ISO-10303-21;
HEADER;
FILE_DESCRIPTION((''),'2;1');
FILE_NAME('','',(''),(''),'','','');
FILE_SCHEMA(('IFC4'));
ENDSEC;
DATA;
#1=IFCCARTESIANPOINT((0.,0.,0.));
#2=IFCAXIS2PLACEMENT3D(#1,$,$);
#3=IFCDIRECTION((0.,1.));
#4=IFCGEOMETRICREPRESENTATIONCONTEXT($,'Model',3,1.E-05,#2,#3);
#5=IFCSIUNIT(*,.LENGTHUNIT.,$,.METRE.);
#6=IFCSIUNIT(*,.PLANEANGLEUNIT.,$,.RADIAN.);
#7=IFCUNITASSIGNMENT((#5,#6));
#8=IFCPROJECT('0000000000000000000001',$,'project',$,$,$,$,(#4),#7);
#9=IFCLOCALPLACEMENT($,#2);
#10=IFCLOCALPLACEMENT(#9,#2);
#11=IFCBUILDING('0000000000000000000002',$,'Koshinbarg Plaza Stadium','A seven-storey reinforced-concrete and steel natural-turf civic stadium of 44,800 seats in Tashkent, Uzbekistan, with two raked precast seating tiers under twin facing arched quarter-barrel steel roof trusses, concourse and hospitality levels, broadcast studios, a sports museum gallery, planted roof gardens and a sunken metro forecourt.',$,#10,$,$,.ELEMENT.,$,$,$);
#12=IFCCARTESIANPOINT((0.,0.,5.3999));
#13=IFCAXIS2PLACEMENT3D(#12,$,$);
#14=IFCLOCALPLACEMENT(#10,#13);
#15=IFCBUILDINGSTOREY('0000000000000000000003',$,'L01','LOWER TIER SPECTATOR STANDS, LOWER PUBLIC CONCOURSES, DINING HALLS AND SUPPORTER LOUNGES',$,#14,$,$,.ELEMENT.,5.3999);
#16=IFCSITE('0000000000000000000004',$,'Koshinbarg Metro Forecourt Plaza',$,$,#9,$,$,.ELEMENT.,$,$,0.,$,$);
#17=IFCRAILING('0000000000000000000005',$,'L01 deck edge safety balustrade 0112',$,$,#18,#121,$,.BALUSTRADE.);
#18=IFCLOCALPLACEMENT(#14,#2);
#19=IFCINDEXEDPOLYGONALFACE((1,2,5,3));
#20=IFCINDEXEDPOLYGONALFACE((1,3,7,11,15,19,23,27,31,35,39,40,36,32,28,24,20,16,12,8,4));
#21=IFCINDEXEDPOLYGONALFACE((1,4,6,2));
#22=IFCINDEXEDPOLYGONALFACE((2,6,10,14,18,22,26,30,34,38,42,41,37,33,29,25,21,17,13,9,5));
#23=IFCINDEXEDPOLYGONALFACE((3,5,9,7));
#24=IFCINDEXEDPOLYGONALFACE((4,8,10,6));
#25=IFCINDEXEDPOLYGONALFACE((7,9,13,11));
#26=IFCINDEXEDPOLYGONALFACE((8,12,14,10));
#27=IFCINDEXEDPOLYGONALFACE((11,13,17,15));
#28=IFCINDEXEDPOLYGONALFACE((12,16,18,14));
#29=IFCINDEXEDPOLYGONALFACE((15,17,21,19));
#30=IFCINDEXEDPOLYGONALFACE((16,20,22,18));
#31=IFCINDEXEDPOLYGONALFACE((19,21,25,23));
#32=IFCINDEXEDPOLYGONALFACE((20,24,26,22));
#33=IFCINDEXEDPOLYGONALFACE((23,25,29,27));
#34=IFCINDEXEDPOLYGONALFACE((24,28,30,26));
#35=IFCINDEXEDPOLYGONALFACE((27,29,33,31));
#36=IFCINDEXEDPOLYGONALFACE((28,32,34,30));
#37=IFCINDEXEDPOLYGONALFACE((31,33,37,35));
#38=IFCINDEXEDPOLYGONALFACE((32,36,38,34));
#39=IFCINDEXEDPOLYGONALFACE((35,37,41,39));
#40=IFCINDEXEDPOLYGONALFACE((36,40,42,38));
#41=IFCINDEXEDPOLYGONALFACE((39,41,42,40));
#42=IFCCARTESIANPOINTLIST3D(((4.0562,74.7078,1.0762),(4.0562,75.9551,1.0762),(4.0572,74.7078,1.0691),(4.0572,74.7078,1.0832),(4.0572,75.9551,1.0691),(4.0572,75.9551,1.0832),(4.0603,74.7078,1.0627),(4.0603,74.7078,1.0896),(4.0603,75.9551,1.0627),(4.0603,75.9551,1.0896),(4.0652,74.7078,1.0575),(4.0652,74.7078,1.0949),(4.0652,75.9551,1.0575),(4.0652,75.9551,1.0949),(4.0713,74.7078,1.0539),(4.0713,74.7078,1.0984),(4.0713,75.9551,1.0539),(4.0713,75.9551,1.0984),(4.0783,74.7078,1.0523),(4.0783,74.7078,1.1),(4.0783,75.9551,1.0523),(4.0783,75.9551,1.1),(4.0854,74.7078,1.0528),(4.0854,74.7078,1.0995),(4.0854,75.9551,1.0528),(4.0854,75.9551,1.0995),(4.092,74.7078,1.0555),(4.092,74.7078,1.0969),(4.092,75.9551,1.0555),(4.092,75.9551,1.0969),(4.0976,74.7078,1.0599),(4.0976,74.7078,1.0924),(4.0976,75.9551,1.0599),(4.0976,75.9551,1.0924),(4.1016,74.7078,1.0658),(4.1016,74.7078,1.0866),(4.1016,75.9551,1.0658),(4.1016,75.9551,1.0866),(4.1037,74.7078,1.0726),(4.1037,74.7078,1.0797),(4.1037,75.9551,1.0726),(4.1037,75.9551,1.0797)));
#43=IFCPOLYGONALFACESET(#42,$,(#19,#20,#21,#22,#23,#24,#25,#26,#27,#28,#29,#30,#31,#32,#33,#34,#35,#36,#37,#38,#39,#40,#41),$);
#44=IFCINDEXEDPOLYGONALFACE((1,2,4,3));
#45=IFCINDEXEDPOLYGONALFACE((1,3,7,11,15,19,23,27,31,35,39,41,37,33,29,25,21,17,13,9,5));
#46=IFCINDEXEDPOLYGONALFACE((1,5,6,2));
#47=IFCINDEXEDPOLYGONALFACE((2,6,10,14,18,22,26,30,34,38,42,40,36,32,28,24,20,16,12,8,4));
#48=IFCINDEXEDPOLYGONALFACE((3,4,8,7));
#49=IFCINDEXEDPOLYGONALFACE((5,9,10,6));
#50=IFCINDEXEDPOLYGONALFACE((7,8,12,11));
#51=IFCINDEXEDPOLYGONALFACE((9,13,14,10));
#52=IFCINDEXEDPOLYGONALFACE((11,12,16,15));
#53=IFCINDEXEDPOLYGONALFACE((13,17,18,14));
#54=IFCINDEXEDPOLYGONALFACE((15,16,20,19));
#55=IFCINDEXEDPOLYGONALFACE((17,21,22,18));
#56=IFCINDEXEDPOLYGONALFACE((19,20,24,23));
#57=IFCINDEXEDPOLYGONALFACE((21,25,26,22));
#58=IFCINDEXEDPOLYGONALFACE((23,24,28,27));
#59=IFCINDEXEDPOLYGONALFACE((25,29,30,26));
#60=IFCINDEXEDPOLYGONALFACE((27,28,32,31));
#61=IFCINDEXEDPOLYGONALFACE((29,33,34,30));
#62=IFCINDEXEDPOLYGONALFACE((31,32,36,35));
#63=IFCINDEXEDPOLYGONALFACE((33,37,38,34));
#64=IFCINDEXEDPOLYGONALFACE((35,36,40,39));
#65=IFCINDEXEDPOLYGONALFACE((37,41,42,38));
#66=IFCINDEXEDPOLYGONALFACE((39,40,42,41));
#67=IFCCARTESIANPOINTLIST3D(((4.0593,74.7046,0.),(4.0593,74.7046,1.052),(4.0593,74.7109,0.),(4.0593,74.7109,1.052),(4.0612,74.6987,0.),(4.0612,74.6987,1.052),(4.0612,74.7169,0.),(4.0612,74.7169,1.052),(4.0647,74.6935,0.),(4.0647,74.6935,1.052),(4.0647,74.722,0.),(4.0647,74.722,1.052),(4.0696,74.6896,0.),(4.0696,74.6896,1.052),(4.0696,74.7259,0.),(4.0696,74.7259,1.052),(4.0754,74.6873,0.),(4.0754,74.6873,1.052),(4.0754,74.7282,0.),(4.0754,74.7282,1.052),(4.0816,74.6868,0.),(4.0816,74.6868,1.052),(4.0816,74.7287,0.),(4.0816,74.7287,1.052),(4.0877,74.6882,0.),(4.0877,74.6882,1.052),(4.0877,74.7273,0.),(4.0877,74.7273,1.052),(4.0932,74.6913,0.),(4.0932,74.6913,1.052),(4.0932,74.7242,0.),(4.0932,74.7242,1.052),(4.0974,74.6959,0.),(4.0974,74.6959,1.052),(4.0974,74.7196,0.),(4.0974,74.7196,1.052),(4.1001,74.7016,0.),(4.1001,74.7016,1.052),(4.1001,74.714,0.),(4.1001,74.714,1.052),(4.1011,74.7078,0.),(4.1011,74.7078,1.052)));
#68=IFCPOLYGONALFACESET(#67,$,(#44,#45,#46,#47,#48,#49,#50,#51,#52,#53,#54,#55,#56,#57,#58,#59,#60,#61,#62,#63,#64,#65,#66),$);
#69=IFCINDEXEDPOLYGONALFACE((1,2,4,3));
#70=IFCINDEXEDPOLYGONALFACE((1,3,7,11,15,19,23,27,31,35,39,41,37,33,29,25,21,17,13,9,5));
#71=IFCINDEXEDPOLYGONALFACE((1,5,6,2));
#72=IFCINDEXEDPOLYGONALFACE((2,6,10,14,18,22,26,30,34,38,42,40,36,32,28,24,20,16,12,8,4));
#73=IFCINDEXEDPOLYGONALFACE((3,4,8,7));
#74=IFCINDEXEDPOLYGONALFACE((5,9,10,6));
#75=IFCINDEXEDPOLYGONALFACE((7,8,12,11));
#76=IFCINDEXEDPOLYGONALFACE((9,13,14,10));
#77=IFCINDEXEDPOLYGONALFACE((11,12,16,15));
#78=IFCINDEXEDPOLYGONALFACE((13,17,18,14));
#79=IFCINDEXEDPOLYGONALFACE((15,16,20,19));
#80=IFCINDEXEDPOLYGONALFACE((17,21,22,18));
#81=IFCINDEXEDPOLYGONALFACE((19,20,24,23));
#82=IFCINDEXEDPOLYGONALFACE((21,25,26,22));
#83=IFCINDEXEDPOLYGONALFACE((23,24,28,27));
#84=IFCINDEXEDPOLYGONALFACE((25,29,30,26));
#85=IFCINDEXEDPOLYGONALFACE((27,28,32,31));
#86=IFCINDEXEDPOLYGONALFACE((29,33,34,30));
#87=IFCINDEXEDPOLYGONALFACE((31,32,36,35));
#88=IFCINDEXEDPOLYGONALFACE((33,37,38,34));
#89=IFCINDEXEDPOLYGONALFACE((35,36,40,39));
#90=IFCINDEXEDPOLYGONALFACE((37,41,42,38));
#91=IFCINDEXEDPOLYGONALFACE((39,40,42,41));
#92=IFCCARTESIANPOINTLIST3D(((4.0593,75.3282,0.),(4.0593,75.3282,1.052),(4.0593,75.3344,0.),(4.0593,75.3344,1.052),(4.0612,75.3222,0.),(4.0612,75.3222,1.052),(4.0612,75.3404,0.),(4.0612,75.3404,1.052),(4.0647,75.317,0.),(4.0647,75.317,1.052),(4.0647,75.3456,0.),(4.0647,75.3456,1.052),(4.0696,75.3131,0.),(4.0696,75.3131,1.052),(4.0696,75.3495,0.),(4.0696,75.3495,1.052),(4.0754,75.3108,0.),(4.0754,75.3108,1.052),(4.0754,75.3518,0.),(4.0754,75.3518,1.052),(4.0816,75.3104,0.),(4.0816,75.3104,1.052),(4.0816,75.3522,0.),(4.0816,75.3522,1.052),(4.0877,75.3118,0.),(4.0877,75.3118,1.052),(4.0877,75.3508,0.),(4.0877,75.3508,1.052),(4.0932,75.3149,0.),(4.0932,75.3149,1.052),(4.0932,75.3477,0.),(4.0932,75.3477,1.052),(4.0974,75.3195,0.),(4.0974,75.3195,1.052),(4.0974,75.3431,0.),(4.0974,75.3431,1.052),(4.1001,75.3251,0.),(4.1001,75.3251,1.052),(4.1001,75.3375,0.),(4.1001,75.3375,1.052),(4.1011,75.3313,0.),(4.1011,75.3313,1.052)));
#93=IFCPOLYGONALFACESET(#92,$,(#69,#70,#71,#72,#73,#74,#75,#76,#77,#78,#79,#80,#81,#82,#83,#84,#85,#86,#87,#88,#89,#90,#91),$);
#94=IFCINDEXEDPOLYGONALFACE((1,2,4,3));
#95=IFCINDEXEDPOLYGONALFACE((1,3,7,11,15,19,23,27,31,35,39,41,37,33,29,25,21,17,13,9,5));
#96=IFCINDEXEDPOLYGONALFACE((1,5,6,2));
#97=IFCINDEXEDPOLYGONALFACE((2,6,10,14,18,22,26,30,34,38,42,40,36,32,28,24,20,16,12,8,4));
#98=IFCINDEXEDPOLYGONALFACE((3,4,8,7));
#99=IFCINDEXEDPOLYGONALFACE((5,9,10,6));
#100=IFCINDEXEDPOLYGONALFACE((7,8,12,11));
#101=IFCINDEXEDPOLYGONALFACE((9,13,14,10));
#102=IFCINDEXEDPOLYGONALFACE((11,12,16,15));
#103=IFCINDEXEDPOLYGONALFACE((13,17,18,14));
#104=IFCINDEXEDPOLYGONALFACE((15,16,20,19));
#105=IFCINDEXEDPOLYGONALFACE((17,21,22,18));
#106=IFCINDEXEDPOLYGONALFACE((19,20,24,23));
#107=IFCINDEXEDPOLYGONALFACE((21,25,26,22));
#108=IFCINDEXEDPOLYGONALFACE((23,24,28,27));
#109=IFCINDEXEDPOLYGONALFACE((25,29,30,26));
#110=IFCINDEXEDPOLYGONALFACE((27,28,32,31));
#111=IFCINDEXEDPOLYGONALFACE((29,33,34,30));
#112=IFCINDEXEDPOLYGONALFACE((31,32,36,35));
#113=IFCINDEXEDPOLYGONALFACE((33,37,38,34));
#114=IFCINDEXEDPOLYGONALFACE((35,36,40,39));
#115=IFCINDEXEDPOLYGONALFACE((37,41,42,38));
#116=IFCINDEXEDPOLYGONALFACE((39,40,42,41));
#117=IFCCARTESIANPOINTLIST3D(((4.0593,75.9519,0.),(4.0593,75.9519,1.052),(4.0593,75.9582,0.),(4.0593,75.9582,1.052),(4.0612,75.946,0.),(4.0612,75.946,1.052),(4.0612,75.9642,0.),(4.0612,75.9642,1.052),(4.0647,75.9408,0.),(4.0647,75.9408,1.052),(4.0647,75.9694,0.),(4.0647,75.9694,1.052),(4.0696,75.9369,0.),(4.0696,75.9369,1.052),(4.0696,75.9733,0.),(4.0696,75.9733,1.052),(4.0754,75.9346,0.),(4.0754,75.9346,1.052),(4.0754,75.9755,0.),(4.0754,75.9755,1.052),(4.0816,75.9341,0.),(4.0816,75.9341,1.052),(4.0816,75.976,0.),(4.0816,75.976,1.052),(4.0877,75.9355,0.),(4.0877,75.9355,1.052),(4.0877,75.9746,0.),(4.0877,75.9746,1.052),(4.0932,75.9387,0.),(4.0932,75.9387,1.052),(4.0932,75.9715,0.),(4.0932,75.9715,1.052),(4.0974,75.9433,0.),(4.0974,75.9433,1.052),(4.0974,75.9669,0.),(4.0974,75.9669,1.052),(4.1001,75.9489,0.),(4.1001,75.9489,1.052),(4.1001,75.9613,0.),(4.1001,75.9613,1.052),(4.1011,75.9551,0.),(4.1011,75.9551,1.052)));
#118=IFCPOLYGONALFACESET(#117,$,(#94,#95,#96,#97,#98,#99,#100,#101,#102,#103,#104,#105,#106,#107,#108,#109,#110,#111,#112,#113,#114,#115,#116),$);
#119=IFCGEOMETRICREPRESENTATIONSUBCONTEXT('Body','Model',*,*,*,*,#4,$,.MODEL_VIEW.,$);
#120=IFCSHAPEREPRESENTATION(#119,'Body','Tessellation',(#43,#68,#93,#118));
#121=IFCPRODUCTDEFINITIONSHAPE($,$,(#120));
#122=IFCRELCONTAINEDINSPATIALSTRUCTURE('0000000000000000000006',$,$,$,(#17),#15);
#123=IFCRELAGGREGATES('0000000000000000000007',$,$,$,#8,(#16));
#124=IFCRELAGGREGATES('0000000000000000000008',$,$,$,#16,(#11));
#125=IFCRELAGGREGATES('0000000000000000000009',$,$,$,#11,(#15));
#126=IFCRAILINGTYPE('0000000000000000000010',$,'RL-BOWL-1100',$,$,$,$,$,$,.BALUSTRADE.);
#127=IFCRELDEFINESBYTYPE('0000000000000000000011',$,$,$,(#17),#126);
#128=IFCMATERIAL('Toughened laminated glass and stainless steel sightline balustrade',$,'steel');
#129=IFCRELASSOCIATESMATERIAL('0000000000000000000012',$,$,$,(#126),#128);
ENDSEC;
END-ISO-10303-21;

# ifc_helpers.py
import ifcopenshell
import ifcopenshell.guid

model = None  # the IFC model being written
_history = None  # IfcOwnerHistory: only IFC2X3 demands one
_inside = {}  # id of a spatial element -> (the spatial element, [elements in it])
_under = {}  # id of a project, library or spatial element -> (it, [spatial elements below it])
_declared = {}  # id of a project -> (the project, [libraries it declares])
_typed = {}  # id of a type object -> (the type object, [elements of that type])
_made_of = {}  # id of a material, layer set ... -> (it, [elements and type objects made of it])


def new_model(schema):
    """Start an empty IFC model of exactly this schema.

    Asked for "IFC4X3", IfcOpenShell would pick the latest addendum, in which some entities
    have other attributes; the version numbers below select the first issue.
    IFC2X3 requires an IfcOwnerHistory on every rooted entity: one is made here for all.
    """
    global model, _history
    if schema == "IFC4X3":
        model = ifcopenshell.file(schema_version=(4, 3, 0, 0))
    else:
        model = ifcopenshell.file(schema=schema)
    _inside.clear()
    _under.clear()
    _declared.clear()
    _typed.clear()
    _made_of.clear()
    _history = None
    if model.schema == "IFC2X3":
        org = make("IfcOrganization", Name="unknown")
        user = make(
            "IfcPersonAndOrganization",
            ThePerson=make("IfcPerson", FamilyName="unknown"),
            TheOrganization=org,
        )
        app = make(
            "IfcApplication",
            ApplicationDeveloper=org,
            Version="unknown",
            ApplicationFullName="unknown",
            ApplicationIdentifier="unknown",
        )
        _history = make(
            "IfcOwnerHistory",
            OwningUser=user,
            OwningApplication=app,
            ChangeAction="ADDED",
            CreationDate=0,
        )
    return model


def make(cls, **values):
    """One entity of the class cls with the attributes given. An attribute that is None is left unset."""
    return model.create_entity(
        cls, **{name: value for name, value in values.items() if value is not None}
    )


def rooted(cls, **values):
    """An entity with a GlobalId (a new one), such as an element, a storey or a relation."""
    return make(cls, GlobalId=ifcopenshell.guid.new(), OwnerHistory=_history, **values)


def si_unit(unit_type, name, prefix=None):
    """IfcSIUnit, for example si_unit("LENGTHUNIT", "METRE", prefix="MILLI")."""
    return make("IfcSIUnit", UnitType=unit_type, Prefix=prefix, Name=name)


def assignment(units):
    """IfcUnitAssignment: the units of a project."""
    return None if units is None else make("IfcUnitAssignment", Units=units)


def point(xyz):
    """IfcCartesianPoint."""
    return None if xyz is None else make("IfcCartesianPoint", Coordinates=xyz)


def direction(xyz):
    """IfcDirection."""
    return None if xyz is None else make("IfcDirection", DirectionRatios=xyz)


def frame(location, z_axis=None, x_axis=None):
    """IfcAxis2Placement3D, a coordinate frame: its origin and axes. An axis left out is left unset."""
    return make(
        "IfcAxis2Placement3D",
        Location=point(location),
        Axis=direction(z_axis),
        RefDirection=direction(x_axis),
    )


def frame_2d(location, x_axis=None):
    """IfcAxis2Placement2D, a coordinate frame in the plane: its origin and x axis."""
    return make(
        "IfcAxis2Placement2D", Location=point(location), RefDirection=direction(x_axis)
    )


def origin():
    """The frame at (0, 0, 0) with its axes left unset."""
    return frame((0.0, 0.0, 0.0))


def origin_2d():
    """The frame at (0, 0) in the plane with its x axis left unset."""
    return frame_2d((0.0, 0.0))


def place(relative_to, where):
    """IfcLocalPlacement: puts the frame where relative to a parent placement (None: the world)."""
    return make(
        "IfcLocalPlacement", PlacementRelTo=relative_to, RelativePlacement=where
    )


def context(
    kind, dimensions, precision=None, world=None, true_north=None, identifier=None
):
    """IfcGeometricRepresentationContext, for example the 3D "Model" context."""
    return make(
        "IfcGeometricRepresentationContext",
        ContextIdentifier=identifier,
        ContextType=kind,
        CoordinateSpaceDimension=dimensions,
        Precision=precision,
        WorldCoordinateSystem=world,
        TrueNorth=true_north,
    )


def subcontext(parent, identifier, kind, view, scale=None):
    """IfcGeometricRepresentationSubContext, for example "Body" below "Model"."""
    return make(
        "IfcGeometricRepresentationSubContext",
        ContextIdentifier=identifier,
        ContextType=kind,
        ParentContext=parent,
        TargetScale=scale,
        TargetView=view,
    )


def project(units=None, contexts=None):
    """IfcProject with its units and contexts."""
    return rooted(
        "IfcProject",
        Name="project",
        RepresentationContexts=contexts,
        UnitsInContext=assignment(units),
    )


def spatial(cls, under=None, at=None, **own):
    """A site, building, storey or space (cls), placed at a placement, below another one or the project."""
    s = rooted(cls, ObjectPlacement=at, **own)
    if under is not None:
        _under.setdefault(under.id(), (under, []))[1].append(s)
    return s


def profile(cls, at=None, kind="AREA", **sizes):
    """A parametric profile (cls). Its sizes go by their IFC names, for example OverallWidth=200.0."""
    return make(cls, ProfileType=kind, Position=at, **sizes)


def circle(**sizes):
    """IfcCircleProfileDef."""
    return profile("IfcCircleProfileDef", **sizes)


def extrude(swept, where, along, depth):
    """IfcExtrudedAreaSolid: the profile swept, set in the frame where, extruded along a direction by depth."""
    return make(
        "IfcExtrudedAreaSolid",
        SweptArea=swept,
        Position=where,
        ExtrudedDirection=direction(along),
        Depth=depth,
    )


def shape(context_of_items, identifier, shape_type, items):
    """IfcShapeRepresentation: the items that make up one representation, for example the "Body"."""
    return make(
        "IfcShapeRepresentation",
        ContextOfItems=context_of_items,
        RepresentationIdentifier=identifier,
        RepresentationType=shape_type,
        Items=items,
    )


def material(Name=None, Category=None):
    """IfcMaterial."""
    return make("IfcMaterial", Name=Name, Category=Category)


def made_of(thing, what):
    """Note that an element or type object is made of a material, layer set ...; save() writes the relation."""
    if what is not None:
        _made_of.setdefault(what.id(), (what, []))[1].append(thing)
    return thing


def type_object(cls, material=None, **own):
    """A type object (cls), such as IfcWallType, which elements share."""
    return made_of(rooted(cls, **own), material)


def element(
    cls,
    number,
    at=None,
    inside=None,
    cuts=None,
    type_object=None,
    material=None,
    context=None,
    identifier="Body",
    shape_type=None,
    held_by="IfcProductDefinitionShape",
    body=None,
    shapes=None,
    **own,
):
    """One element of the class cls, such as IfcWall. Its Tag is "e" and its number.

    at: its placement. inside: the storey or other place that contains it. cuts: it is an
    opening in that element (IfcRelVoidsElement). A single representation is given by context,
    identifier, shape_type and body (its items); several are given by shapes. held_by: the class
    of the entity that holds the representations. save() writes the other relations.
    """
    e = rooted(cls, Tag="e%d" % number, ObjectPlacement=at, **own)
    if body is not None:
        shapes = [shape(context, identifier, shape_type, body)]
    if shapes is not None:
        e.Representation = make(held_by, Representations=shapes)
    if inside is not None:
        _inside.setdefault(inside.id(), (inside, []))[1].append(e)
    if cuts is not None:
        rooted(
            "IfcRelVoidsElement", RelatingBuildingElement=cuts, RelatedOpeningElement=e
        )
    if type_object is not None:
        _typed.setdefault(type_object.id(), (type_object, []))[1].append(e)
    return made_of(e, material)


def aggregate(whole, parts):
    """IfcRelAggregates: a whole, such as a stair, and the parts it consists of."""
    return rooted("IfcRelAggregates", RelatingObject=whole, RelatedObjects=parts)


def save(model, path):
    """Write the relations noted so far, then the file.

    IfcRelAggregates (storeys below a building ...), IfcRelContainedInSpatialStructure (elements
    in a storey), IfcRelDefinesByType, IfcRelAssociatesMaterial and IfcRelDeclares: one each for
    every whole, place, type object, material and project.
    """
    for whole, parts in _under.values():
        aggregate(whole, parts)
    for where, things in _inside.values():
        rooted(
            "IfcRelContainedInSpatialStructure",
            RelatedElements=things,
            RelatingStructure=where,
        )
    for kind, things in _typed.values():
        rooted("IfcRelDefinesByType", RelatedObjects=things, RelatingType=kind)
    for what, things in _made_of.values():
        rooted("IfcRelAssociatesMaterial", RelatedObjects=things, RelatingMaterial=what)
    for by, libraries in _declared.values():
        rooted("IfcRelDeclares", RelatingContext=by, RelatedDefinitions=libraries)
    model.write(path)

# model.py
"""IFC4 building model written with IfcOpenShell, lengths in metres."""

from ifc_helpers import new_model, si_unit, direction, frame, origin, origin_2d, place, context, subcontext, project, spatial, circle, extrude, material, type_object, element, save


model = new_model("IFC4")

# Units and contexts
model_context = context("Model", 3, precision=1e-05, world=origin(), true_north=direction((0.0, 1.0)))
body_context = subcontext(model_context, "Body", "Model", "MODEL_VIEW")
ifc_project = project(units=[si_unit("LENGTHUNIT", "METRE"), si_unit("PLANEANGLEUNIT", "RADIAN")], contexts=[model_context])

# Site, building, storey
site_placement = place(None, origin())
site = spatial("IfcSite", under=ifc_project, at=site_placement, Name="Koshinbarg Metro Forecourt Plaza", CompositionType="ELEMENT", RefElevation=0.0)
building_placement = place(site_placement, origin())
building = spatial("IfcBuilding", under=site, at=building_placement, Name="Koshinbarg Plaza Stadium", Description="A seven-storey reinforced-concrete and steel natural-turf civic stadium of 44,800 seats in Tashkent, Uzbekistan, with two raked precast seating tiers under twin facing arched quarter-barrel steel roof trusses, concourse and hospitality levels, broadcast studios, a sports museum gallery, planted roof gardens and a sunken metro forecourt.", CompositionType="ELEMENT")
storey_placement = place(building_placement, frame((0.0, 0.0, 5.3999)))
storey = spatial("IfcBuildingStorey", under=building, at=storey_placement, Name="L01", Description="LOWER TIER SPECTATOR STANDS, LOWER PUBLIC CONCOURSES, DINING HALLS AND SUPPORTER LOUNGES", CompositionType="ELEMENT", Elevation=5.3999)

# Railing
ifc_material_1 = material(Name="Toughened laminated glass and stainless steel sightline balustrade", Category="steel")
railing_type = type_object("IfcRailingType", Name="RL-BOWL-1100", PredefinedType="BALUSTRADE", material=ifc_material_1)
railing_1_placement = place(storey_placement, frame((4.0801, 74.7078, 0.0)))
element("IfcRailing", 1, at=railing_1_placement, inside=storey, type_object=railing_type, Name="L01 deck edge safety balustrade 0112", PredefinedType="BALUSTRADE", context=body_context, shape_type="SweptSolid", body=[
    extrude(circle(Radius=0.0239, at=origin_2d()), frame((0.0, 0.0, 1.0762), z_axis=(0.0, 1.0, 0.0), x_axis=(-1.0, 0.0, 0.0)), (0.0, 0.0, 1.0), 1.2473),
    extrude(circle(Radius=0.021, at=origin_2d()), origin(), (0.0, 0.0, 1.0), 1.052),
    extrude(circle(Radius=0.021, at=origin_2d()), frame((0.0, 0.6235, 0.0)), (0.0, 0.0, 1.0), 1.052),
    extrude(circle(Radius=0.021, at=origin_2d()), frame((0.0, 1.2473, 0.0)), (0.0, 0.0, 1.0), 1.052),
])

save(model, "model.ifc")
